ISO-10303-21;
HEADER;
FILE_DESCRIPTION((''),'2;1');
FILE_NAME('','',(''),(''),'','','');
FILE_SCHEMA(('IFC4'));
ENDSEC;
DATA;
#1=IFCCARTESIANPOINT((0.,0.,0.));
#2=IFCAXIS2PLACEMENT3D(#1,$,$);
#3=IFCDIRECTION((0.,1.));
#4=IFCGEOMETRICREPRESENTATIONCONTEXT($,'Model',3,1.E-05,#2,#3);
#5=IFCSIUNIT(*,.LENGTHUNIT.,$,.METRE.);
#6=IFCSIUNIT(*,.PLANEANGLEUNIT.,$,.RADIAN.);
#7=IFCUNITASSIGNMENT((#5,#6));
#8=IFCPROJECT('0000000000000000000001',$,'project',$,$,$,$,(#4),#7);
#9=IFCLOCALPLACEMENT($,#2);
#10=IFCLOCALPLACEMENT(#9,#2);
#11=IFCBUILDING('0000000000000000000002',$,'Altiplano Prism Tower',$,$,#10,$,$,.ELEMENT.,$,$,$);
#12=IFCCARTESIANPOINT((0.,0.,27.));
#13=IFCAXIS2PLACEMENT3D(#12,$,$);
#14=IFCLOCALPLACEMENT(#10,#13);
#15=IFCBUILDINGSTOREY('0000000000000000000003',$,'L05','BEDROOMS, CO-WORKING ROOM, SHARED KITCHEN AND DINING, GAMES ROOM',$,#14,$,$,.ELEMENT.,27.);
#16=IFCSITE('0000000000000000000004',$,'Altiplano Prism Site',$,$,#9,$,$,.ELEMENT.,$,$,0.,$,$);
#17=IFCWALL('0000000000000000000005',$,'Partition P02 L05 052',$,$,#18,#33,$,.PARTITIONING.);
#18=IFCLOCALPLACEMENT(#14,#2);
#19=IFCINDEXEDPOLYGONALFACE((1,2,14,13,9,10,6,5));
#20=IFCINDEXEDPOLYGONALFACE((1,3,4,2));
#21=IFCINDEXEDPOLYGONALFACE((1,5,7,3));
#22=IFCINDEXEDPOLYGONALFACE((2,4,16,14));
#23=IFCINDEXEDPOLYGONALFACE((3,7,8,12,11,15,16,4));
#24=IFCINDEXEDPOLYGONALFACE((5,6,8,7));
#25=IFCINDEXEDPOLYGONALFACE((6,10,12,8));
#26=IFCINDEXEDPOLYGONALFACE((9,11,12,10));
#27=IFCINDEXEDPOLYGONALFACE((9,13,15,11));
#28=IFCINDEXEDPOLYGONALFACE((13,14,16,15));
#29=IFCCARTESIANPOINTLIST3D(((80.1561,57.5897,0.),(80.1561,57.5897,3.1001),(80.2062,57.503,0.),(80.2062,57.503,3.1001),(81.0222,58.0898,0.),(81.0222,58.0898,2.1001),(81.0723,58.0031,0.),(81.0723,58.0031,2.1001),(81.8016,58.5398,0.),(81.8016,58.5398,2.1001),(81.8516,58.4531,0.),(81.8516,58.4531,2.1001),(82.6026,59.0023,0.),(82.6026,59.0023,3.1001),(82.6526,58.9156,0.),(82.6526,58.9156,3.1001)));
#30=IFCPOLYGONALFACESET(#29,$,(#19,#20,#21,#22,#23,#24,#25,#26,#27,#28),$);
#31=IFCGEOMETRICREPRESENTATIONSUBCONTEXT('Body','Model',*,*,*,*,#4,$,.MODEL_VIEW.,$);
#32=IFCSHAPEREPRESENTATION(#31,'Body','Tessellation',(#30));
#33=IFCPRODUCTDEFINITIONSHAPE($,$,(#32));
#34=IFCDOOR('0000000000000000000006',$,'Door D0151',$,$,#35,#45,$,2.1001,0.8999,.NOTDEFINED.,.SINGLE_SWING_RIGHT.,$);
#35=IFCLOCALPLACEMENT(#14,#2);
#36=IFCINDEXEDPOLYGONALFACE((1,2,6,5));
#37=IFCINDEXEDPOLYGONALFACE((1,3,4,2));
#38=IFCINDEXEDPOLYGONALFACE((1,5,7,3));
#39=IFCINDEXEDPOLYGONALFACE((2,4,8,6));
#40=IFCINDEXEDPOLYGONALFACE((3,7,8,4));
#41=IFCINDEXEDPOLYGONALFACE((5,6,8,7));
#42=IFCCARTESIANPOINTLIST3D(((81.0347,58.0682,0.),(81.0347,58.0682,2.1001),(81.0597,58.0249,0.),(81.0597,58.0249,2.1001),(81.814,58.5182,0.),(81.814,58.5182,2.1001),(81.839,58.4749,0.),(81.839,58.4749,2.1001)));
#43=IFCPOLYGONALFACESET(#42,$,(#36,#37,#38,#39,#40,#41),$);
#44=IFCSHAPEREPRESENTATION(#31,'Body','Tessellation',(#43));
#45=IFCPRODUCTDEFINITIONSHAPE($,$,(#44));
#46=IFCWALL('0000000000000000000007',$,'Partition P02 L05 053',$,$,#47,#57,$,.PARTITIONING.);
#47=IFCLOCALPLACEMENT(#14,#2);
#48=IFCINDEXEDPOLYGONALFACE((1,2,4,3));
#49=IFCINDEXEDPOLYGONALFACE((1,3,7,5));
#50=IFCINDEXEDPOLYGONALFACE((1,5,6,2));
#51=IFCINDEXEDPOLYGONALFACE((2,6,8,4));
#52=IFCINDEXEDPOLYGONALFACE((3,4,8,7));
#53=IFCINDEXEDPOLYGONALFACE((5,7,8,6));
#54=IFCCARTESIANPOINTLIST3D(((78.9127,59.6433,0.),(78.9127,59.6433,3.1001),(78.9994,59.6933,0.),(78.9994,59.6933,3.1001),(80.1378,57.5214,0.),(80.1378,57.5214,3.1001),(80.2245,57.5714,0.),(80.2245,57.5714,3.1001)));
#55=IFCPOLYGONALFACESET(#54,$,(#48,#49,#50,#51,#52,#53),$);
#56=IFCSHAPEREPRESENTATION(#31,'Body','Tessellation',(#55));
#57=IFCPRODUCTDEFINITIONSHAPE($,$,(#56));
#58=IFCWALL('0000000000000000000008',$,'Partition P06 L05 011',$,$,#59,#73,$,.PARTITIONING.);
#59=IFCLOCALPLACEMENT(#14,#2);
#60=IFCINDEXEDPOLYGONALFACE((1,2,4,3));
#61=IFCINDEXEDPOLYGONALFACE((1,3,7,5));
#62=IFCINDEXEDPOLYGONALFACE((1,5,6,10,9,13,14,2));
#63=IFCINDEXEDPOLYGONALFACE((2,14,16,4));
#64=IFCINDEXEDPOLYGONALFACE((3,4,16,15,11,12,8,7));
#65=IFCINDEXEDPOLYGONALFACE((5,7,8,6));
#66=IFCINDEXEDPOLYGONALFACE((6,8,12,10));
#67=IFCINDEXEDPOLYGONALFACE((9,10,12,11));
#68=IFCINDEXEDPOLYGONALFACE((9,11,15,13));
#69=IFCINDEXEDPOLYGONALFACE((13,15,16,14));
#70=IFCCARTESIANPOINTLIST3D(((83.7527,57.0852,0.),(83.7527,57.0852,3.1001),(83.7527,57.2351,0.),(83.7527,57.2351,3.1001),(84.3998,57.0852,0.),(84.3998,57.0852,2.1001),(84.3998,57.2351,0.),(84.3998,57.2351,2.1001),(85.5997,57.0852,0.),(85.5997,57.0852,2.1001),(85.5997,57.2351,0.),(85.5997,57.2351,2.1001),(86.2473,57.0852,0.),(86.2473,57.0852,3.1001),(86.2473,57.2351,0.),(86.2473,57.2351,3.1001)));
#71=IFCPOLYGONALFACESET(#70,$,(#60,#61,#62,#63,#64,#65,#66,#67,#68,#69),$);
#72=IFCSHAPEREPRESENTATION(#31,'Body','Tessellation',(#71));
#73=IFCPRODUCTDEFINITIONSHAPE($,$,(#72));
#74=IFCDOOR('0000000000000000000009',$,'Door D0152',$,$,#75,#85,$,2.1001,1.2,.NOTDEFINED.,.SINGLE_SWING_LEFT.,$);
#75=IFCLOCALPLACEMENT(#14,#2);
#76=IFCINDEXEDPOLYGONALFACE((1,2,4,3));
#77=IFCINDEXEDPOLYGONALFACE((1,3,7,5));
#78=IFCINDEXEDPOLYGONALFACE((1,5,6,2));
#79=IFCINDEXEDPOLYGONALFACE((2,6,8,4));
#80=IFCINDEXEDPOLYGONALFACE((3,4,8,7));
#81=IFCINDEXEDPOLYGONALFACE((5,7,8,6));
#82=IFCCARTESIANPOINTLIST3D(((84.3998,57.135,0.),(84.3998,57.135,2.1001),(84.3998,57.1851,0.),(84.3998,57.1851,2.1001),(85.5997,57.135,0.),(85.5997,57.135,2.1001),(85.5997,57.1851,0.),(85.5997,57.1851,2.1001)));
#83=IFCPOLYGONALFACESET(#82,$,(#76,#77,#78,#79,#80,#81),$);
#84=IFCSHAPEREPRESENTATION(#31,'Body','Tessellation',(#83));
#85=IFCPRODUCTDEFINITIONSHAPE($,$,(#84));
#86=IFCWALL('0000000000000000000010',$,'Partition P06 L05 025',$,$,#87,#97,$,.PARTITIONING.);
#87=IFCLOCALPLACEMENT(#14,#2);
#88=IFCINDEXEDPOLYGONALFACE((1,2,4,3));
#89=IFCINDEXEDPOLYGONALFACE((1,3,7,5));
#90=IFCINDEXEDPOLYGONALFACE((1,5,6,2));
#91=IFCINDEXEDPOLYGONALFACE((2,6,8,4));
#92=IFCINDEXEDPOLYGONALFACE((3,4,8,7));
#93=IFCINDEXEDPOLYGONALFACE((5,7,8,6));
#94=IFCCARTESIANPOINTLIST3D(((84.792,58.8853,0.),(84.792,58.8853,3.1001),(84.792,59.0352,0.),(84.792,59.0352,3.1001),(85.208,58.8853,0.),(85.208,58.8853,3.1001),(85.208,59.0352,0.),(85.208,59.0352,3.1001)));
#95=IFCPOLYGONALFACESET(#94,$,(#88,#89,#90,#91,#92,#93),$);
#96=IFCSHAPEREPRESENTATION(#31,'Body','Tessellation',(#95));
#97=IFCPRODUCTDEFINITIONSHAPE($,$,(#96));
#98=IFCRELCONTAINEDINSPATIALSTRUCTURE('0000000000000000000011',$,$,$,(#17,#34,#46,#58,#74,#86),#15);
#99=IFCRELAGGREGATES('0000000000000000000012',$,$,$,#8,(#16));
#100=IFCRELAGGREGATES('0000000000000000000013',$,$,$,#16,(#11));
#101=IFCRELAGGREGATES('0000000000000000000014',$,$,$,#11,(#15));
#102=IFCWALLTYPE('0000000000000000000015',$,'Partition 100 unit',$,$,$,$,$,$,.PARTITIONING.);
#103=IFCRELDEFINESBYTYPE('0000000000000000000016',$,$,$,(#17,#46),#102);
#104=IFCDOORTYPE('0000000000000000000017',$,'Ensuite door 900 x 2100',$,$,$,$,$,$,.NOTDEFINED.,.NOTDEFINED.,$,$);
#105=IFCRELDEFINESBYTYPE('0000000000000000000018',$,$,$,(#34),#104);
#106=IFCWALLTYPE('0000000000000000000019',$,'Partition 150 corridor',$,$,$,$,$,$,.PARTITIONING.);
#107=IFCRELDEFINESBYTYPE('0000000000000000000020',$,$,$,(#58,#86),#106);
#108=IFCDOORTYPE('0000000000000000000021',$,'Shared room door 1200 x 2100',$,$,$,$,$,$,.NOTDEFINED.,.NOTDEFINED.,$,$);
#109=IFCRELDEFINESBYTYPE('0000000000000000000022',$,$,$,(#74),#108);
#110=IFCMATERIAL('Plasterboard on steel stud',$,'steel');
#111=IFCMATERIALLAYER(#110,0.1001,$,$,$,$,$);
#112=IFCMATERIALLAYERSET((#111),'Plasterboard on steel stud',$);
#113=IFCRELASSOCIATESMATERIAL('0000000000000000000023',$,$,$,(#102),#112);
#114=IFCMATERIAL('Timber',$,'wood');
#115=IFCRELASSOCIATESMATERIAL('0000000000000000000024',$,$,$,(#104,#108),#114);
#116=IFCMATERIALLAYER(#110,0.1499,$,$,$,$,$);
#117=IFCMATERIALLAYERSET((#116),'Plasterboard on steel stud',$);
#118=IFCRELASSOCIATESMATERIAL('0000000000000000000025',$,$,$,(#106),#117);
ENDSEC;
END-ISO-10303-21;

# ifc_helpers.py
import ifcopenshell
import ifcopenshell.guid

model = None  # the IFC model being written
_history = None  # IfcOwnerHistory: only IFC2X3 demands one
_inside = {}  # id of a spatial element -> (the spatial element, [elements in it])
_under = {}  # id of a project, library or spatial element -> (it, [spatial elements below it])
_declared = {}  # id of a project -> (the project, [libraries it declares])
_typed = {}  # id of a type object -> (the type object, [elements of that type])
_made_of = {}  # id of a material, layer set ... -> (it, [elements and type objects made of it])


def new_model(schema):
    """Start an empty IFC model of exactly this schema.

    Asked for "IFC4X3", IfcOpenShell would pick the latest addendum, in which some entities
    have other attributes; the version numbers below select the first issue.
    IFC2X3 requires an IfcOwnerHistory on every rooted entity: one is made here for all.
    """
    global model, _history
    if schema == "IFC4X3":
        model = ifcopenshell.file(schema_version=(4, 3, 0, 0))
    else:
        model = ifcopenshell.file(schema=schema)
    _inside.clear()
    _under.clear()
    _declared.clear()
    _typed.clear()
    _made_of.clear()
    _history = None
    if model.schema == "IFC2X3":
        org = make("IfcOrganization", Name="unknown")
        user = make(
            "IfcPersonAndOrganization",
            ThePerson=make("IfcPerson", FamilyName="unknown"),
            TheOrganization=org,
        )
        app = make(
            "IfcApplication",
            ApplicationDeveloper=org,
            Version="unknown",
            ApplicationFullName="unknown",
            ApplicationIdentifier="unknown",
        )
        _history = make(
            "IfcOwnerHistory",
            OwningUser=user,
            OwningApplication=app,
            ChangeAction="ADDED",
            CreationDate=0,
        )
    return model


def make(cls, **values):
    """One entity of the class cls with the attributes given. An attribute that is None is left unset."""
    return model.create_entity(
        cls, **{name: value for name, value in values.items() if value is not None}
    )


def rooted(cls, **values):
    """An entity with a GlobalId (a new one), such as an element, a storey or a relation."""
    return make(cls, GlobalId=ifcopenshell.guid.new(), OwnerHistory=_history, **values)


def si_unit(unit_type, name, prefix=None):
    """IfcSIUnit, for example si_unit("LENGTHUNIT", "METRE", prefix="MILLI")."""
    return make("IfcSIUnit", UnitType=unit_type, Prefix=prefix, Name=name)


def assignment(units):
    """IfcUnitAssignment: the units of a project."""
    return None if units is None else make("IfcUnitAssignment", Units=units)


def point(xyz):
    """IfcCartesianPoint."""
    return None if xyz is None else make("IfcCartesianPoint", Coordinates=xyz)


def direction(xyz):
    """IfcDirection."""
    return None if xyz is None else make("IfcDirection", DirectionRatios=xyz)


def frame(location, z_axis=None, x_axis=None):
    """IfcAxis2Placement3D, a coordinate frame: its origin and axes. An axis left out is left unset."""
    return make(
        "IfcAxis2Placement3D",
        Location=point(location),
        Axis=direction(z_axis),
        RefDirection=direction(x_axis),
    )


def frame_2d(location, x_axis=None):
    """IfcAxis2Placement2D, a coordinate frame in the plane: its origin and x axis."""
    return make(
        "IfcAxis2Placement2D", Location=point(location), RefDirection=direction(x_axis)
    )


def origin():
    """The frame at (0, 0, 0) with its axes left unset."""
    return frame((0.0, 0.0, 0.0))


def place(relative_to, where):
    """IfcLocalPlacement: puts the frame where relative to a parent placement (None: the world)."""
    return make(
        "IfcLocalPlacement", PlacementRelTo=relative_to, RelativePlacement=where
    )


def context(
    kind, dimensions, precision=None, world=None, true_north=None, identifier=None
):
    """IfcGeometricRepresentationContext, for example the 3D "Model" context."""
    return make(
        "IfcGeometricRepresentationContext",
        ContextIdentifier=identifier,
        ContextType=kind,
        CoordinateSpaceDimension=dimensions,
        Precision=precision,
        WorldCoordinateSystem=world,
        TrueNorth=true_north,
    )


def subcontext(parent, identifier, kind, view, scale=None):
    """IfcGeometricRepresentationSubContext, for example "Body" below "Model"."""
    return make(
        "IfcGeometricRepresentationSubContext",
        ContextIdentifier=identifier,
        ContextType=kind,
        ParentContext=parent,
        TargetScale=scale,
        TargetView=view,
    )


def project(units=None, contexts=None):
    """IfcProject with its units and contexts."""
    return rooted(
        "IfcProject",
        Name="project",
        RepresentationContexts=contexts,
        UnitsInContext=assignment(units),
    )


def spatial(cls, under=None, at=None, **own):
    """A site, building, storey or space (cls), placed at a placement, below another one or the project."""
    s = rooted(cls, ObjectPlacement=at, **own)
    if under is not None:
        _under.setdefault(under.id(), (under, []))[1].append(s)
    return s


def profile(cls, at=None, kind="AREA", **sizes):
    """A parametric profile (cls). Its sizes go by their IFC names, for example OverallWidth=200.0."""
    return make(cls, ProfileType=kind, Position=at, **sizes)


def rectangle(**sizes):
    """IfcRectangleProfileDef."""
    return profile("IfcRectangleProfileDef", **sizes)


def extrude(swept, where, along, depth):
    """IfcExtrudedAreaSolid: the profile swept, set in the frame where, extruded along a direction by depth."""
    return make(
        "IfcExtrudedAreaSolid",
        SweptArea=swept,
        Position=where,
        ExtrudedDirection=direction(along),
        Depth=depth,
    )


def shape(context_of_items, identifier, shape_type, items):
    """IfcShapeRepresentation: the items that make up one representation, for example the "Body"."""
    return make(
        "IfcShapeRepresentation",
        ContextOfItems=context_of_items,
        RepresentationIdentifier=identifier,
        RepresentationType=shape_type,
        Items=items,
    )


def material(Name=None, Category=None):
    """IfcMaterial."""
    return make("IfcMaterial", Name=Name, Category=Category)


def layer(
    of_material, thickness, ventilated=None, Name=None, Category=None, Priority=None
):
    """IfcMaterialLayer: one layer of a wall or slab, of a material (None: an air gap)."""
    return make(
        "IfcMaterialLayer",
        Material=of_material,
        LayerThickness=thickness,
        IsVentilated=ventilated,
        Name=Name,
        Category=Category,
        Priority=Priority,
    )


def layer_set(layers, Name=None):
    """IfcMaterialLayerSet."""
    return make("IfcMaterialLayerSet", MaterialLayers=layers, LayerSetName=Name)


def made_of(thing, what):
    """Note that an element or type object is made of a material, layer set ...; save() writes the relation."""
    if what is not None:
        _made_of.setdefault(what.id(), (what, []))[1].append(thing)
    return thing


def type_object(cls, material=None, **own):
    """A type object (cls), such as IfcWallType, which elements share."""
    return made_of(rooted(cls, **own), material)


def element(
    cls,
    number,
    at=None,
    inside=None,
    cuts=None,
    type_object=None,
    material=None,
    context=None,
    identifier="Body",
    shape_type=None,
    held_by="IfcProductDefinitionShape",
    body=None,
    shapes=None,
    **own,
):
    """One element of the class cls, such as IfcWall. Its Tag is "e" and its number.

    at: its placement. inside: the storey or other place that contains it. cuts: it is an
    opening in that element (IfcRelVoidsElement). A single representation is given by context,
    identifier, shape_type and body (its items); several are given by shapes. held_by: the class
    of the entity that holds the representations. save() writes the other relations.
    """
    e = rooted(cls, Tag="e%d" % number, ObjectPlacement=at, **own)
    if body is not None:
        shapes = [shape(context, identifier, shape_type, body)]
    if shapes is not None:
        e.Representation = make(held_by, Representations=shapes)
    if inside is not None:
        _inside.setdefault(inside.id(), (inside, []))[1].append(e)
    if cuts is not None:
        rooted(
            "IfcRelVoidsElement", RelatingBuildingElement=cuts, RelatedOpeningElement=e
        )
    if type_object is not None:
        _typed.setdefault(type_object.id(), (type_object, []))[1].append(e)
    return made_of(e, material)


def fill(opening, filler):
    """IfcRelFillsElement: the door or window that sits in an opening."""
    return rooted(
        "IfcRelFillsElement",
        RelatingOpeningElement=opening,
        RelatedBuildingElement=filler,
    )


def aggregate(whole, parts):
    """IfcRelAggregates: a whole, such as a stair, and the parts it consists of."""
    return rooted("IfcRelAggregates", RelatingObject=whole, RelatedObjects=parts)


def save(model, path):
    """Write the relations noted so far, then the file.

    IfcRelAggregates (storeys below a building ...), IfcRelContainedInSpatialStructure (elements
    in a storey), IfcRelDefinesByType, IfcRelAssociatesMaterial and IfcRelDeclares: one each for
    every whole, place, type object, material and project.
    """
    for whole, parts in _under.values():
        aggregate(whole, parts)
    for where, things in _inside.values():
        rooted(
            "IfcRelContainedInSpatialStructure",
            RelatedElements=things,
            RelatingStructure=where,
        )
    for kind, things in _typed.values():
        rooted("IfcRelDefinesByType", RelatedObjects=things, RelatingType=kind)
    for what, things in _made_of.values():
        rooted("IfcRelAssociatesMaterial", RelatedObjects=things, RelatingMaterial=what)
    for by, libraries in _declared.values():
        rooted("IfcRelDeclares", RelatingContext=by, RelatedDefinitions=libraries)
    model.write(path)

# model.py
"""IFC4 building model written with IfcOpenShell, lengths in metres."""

from ifc_helpers import new_model, si_unit, direction, frame, frame_2d, origin, place, context, subcontext, project, spatial, rectangle, extrude, material, layer, layer_set, type_object, element, fill, save


model = new_model("IFC4")

# Units and contexts
model_context = context("Model", 3, precision=1e-05, world=origin(), true_north=direction((0.0, 1.0)))
body_context = subcontext(model_context, "Body", "Model", "MODEL_VIEW")
ifc_project = project(units=[si_unit("LENGTHUNIT", "METRE"), si_unit("PLANEANGLEUNIT", "RADIAN")], contexts=[model_context])

# Site, building, storey
site_placement = place(None, origin())
site = spatial("IfcSite", under=ifc_project, at=site_placement, Name="Altiplano Prism Site", CompositionType="ELEMENT", RefElevation=0.0)
building_placement = place(site_placement, origin())
building = spatial("IfcBuilding", under=site, at=building_placement, Name="Altiplano Prism Tower", CompositionType="ELEMENT")
storey_placement = place(building_placement, frame((0.0, 0.0, 27.0)))
storey = spatial("IfcBuildingStorey", under=building, at=storey_placement, Name="L05", Description="BEDROOMS, CO-WORKING ROOM, SHARED KITCHEN AND DINING, GAMES ROOM", CompositionType="ELEMENT", Elevation=27.0)

# Wall, opening, door
ifc_material_1 = material(Name="Plasterboard on steel stud", Category="steel")
ifc_layer_1 = layer(ifc_material_1, 0.1001)
ifc_layer_set_1 = layer_set([ifc_layer_1], Name="Plasterboard on steel stud")
wall_type_1 = type_object("IfcWallType", Name="Partition 100 unit", PredefinedType="PARTITIONING", material=ifc_layer_set_1)
wall_1_placement = place(storey_placement, frame((82.6277, 58.959, 0.0), z_axis=(0.0, 0.0, 1.0), x_axis=(-0.866011, -0.500024, 0.0)))
wall_1 = element("IfcWall", 1, at=wall_1_placement, inside=storey, type_object=wall_type_1, Name="Partition P02 L05 052", PredefinedType="PARTITIONING", context=body_context, shape_type="SweptSolid", body=[
    extrude(rectangle(XDim=2.825, YDim=0.1001, at=frame_2d((1.4126, 0.0))), origin(), (0.0, 0.0, 1.0), 3.1001),
])
opening_1_placement = place(wall_1_placement, frame((0.925, 0.0, 0.0)))
opening_1 = element("IfcOpeningElement", 2, at=opening_1_placement, cuts=wall_1, PredefinedType="OPENING", context=body_context, shape_type="SweptSolid", body=[
    extrude(rectangle(XDim=0.8999, YDim=2.1001, at=frame_2d((0.45, 1.05))), frame((0.0, 0.0605, 0.0), z_axis=(0.0, -1.0, 0.0), x_axis=(1.0, 0.0, 0.0)), (0.0, 0.0, 1.0), 0.1211),
])
ifc_material_2 = material(Name="Timber", Category="wood")
door_type_1 = type_object("IfcDoorType", Name="Ensuite door 900 x 2100", OperationType="NOTDEFINED", PredefinedType="NOTDEFINED", material=ifc_material_2)
door_1_placement = place(opening_1_placement, origin())
door_1 = element("IfcDoor", 3, at=door_1_placement, inside=storey, type_object=door_type_1, Name="Door D0151", OperationType="SINGLE_SWING_RIGHT", OverallHeight=2.1001, OverallWidth=0.8999, PredefinedType="NOTDEFINED", context=body_context, shape_type="SweptSolid", body=[
    extrude(rectangle(XDim=0.8999, YDim=2.1001, at=frame_2d((0.45, 1.05))), frame((0.0, 0.0249, 0.0), z_axis=(0.0, -1.0, 0.0), x_axis=(1.0, 0.0, 0.0)), (0.0, 0.0, 1.0), 0.05),
])
fill(opening_1, door_1)

# Wall
wall_2_placement = place(storey_placement, frame((80.1812, 57.5464, 0.0), z_axis=(0.0, 0.0, 1.0), x_axis=(-0.500019, 0.866015, 0.0)))
element("IfcWall", 4, at=wall_2_placement, inside=storey, type_object=wall_type_1, Name="Partition P02 L05 053", PredefinedType="PARTITIONING", context=body_context, shape_type="SweptSolid", body=[
    extrude(rectangle(XDim=2.4502, YDim=0.1001, at=frame_2d((1.2251, 0.0))), origin(), (0.0, 0.0, 1.0), 3.1001),
])

# Wall, opening, door
ifc_layer_2 = layer(ifc_material_1, 0.1499)
ifc_layer_set_2 = layer_set([ifc_layer_2], Name="Plasterboard on steel stud")
wall_type_2 = type_object("IfcWallType", Name="Partition 150 corridor", PredefinedType="PARTITIONING", material=ifc_layer_set_2)
wall_3_placement = place(storey_placement, frame((83.7527, 57.1602, 0.0), z_axis=(0.0, 0.0, 1.0), x_axis=(1.0, 0.0, 0.0)))
wall_3 = element("IfcWall", 5, at=wall_3_placement, inside=storey, type_object=wall_type_2, Name="Partition P06 L05 011", PredefinedType="PARTITIONING", context=body_context, shape_type="SweptSolid", body=[
    extrude(rectangle(XDim=2.4946, YDim=0.1499, at=frame_2d((1.2473, 0.0))), origin(), (0.0, 0.0, 1.0), 3.1001),
])
opening_2_placement = place(wall_3_placement, frame((0.647, 0.0, 0.0)))
opening_2 = element("IfcOpeningElement", 6, at=opening_2_placement, cuts=wall_3, PredefinedType="OPENING", context=body_context, shape_type="SweptSolid", body=[
    extrude(rectangle(XDim=1.2, YDim=2.1001, at=frame_2d((0.6001, 1.05))), frame((0.0, 0.0854, 0.0), z_axis=(0.0, -1.0, 0.0), x_axis=(1.0, 0.0, 0.0)), (0.0, 0.0, 1.0), 0.1709),
])
door_type_2 = type_object("IfcDoorType", Name="Shared room door 1200 x 2100", OperationType="NOTDEFINED", PredefinedType="NOTDEFINED", material=ifc_material_2)
door_2_placement = place(opening_2_placement, origin())
door_2 = element("IfcDoor", 7, at=door_2_placement, inside=storey, type_object=door_type_2, Name="Door D0152", OperationType="SINGLE_SWING_LEFT", OverallHeight=2.1001, OverallWidth=1.2, PredefinedType="NOTDEFINED", context=body_context, shape_type="SweptSolid", body=[
    extrude(rectangle(XDim=1.2, YDim=2.1001, at=frame_2d((0.6001, 1.05))), frame((0.0, 0.0249, 0.0), z_axis=(0.0, -1.0, 0.0), x_axis=(1.0, 0.0, 0.0)), (0.0, 0.0, 1.0), 0.05),
])
fill(opening_2, door_2)

# Wall
wall_4_placement = place(storey_placement, frame((85.208, 58.9602, 0.0), z_axis=(0.0, 0.0, 1.0), x_axis=(-1.0, 0.0, 0.0)))
element("IfcWall", 8, at=wall_4_placement, inside=storey, type_object=wall_type_2, Name="Partition P06 L05 025", PredefinedType="PARTITIONING", context=body_context, shape_type="SweptSolid", body=[
    extrude(rectangle(XDim=0.416, YDim=0.1499, at=frame_2d((0.208, 0.0))), origin(), (0.0, 0.0, 1.0), 3.1001),
])

save(model, "model.ifc")
